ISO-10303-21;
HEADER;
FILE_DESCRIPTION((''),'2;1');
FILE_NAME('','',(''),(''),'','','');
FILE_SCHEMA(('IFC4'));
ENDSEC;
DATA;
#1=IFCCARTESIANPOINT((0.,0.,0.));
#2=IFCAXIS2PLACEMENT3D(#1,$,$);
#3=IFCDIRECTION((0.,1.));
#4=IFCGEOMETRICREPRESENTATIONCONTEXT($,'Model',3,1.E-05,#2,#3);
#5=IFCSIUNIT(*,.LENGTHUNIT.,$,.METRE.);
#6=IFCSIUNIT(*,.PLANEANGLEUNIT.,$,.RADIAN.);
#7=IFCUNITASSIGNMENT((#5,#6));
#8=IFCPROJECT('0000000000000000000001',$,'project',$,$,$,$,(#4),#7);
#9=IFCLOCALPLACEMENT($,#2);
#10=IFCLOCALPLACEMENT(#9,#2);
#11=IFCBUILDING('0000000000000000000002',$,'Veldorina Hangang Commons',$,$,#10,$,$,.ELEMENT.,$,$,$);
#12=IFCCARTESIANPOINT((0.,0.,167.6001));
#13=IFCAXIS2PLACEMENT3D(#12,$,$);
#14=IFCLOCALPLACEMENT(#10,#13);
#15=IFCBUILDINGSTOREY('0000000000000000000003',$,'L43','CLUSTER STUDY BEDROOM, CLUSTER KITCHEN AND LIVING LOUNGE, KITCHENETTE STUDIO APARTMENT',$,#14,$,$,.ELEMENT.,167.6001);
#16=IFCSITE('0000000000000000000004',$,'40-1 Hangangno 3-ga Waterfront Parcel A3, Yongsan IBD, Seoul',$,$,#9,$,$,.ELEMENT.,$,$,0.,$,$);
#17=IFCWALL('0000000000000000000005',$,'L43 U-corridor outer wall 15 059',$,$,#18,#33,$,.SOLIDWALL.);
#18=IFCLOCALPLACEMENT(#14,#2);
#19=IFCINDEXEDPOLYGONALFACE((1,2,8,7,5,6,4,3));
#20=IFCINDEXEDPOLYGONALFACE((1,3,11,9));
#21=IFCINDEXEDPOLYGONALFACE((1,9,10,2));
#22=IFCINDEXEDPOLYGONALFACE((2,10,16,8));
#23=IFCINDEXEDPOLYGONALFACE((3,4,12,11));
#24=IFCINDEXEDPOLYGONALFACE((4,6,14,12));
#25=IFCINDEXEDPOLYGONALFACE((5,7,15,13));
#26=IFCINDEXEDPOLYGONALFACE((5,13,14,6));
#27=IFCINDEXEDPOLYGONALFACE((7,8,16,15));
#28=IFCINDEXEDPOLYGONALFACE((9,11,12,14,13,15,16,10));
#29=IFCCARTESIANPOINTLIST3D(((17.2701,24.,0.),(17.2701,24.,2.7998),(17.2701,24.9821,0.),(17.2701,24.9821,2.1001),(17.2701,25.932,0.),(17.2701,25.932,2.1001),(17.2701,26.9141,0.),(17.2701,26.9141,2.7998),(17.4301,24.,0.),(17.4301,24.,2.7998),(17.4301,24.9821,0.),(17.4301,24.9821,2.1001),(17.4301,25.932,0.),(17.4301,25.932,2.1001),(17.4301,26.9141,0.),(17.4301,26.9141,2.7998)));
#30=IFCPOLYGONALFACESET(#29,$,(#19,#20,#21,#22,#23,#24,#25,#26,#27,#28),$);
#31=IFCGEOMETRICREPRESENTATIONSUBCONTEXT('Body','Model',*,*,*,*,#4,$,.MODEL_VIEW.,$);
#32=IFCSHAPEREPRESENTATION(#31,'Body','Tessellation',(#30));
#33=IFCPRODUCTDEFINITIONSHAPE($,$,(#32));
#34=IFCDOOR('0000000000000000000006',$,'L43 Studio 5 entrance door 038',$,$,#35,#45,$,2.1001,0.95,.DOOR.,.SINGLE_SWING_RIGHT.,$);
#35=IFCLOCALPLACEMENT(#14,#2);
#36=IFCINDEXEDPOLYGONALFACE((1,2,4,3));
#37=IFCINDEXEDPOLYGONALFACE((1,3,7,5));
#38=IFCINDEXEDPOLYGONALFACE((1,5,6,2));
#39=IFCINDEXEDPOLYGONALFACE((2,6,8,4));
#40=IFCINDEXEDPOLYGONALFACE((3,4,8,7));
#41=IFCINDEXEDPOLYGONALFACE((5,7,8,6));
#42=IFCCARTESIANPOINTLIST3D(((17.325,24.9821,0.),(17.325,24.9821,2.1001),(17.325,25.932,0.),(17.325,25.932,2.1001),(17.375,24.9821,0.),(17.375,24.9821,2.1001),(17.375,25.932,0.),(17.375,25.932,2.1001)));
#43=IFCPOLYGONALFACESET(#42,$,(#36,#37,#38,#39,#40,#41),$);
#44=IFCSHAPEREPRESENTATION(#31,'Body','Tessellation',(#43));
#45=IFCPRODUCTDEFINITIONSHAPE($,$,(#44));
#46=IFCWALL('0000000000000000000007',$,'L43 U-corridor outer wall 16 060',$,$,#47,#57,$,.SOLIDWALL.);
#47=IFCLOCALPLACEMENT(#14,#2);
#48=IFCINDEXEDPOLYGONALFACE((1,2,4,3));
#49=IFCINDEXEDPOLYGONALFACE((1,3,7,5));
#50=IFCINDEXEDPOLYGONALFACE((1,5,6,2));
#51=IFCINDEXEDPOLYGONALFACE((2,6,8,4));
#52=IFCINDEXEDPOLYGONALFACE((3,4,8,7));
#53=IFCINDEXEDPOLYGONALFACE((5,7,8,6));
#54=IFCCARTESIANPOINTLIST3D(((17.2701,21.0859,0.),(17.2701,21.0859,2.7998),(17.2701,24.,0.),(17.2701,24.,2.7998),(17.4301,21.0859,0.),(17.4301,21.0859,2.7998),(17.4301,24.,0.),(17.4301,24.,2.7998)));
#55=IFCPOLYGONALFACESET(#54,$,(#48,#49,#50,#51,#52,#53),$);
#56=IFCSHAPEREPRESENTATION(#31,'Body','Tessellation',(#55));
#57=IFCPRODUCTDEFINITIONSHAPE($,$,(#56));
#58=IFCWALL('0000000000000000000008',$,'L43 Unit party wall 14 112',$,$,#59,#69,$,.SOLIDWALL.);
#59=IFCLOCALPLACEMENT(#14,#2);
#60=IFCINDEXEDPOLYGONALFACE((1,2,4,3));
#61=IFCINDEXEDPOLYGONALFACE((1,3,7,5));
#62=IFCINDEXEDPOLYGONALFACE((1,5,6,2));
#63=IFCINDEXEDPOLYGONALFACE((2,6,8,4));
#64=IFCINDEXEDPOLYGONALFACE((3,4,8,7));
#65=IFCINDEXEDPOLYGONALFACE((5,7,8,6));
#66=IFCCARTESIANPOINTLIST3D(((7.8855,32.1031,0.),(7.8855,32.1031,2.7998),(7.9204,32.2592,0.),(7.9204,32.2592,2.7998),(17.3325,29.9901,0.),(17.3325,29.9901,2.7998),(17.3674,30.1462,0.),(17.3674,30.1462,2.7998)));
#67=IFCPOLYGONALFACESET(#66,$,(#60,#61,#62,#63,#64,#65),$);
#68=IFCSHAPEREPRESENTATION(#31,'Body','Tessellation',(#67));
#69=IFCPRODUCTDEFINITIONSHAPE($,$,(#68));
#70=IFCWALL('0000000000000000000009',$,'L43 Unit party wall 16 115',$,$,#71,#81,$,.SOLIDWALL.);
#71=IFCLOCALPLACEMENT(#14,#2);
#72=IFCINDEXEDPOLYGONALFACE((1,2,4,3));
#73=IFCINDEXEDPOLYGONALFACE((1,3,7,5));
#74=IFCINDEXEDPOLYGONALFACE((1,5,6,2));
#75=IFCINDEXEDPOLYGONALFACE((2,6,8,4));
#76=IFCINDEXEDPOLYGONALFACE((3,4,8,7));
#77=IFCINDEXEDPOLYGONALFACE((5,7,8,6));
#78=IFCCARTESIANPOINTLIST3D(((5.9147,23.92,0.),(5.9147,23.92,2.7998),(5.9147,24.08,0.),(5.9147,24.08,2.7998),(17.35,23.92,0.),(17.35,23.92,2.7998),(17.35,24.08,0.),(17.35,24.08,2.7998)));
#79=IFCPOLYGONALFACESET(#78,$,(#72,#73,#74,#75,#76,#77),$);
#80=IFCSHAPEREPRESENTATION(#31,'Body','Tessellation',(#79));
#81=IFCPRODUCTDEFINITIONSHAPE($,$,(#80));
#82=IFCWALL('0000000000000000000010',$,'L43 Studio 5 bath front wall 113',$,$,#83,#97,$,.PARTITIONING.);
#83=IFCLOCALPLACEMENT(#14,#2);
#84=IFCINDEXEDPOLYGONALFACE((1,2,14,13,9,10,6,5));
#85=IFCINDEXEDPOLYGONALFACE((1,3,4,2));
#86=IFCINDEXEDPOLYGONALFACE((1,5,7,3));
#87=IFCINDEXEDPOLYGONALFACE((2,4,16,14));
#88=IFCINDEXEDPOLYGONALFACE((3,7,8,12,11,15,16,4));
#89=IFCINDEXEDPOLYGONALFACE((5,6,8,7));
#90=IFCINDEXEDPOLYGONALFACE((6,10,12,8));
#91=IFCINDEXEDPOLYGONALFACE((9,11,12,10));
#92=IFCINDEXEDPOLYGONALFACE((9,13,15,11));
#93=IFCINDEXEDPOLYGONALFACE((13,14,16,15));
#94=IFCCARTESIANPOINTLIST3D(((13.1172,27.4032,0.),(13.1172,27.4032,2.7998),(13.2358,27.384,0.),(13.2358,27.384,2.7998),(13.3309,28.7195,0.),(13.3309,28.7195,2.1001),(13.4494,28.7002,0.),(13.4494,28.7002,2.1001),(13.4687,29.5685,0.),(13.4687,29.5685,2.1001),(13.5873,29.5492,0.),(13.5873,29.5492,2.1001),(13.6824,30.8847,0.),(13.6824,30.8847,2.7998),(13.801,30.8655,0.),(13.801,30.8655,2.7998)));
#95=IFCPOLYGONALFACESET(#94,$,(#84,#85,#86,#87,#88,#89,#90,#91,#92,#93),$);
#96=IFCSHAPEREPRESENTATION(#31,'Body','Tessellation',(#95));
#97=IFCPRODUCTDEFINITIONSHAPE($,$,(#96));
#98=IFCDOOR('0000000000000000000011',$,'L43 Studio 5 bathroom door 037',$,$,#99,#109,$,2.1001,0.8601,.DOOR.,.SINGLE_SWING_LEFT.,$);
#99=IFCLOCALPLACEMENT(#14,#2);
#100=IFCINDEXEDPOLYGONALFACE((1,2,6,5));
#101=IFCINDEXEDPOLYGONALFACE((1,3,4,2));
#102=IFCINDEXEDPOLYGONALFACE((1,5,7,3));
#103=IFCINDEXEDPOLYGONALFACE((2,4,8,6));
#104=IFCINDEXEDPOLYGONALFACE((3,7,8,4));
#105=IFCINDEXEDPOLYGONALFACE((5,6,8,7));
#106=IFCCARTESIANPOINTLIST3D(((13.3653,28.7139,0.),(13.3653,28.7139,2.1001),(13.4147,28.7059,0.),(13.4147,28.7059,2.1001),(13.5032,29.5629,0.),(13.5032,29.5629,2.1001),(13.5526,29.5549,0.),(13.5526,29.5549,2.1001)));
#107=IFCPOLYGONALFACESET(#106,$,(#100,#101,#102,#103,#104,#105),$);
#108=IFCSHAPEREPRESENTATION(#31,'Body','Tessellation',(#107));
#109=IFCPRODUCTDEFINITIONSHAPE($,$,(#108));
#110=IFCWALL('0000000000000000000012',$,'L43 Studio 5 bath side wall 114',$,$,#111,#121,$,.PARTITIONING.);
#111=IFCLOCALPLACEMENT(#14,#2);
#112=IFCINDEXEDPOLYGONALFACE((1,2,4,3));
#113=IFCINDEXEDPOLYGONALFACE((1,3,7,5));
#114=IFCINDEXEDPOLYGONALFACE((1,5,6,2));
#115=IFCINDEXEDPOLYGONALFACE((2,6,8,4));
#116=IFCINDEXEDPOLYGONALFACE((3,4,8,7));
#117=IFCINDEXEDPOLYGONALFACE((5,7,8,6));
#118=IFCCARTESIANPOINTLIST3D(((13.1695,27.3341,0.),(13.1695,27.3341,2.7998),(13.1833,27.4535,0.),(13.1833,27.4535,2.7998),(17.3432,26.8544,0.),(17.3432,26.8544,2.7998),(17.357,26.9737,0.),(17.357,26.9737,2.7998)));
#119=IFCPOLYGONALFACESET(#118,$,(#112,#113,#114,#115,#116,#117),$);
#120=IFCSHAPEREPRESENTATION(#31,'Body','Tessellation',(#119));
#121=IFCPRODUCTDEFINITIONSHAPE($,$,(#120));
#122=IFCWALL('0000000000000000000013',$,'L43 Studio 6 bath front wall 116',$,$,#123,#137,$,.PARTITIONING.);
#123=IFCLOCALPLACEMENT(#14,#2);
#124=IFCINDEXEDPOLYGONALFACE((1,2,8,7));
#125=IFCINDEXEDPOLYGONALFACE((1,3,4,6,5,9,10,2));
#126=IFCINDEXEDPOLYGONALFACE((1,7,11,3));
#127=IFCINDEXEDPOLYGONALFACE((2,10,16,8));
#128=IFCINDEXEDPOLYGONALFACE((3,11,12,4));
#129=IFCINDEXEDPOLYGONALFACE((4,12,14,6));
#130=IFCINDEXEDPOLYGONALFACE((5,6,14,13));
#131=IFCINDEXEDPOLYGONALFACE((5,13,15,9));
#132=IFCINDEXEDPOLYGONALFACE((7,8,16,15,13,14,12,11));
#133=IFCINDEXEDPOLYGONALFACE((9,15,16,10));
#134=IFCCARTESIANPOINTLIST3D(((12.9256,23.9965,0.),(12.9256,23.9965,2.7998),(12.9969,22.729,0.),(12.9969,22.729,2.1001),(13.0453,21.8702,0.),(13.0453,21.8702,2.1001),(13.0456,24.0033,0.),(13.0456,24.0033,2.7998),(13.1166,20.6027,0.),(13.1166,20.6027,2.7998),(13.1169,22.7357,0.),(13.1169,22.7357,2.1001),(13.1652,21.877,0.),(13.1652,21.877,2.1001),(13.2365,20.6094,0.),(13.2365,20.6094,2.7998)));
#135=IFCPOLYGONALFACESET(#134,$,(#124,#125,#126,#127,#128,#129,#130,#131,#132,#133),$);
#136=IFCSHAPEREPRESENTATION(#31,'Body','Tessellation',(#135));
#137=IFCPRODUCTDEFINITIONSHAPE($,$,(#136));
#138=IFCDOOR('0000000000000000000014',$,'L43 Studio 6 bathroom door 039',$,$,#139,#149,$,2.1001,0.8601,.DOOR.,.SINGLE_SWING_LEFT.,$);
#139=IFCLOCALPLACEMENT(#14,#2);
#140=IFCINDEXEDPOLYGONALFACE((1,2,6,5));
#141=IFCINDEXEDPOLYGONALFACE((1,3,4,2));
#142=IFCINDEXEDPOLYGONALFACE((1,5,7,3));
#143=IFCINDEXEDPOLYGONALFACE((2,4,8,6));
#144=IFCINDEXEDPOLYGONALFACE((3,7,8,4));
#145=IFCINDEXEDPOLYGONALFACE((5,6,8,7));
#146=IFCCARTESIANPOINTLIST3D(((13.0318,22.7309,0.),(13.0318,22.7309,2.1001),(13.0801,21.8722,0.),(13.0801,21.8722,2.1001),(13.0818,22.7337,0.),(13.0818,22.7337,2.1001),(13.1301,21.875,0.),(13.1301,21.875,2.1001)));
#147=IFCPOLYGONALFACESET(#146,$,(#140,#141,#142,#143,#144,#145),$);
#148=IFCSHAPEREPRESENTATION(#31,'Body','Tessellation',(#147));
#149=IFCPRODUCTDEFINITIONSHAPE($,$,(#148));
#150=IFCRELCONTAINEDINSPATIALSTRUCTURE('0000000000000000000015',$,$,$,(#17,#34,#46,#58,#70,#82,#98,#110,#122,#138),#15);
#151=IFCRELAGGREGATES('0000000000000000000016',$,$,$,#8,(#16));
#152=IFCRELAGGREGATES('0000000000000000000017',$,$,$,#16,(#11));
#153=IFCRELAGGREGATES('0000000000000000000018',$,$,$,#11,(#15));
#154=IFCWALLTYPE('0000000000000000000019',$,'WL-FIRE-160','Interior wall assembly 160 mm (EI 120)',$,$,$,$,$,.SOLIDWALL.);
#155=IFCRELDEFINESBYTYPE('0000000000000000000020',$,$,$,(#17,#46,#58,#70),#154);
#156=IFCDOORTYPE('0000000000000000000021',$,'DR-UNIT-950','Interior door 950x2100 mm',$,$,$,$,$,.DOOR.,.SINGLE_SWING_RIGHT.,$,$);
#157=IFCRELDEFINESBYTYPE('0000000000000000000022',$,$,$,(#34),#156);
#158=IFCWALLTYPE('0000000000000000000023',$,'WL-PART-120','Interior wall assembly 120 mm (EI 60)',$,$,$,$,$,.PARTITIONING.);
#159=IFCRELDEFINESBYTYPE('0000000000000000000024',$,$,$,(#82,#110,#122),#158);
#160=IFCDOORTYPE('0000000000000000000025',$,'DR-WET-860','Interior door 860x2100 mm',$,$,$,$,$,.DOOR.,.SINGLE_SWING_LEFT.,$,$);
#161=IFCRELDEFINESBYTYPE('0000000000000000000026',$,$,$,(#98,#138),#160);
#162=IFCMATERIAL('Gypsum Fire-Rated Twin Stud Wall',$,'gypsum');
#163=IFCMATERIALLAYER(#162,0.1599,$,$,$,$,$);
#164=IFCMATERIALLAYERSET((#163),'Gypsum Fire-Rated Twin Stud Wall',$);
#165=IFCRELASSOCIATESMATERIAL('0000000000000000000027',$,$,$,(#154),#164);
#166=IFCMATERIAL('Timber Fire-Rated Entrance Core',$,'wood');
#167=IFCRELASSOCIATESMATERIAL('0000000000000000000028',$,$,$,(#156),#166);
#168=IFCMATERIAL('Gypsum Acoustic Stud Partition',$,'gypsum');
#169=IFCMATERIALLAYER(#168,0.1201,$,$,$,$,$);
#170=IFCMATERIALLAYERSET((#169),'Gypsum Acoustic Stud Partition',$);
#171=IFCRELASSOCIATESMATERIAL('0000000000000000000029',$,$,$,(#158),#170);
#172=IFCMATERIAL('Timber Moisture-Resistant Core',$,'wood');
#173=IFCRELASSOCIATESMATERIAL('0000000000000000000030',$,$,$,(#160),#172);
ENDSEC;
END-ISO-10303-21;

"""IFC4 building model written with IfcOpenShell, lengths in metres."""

from ifc_helpers import new_model, si_unit, direction, frame, frame_2d, origin, place, context, subcontext, project, spatial, rectangle, extrude, material, layer, layer_set, type_object, element, fill, save


model = new_model("IFC4")

# Units and contexts
model_context = context("Model", 3, precision=1e-05, world=origin(), true_north=direction((0.0, 1.0)))
body_context = subcontext(model_context, "Body", "Model", "MODEL_VIEW")
ifc_project = project(units=[si_unit("LENGTHUNIT", "METRE"), si_unit("PLANEANGLEUNIT", "RADIAN")], contexts=[model_context])

# Site, building, storey
site_placement = place(None, origin())
site = spatial("IfcSite", under=ifc_project, at=site_placement, Name="40-1 Hangangno 3-ga Waterfront Parcel A3, Yongsan IBD, Seoul", CompositionType="ELEMENT", RefElevation=0.0)
building_placement = place(site_placement, origin())
building = spatial("IfcBuilding", under=site, at=building_placement, Name="Veldorina Hangang Commons", CompositionType="ELEMENT")
storey_placement = place(building_placement, frame((0.0, 0.0, 167.6001)))
storey = spatial("IfcBuildingStorey", under=building, at=storey_placement, Name="L43", Description="CLUSTER STUDY BEDROOM, CLUSTER KITCHEN AND LIVING LOUNGE, KITCHENETTE STUDIO APARTMENT", CompositionType="ELEMENT", Elevation=167.6001)

# Shared definitions
ifc_material_1 = material(Name="Gypsum Fire-Rated Twin Stud Wall", Category="gypsum")
ifc_layer_1 = layer(ifc_material_1, 0.1599)
ifc_layer_set_1 = layer_set([ifc_layer_1], Name="Gypsum Fire-Rated Twin Stud Wall")
wall_type_1 = type_object("IfcWallType", Name="WL-FIRE-160", Description="Interior wall assembly 160 mm (EI 120)", PredefinedType="SOLIDWALL", material=ifc_layer_set_1)

# Wall, opening, door
wall_1_placement = place(storey_placement, frame((17.3501, 26.9141, 0.0), z_axis=(0.0, 0.0, 1.0), x_axis=(0.0, -1.0, 0.0)))
wall_1 = element("IfcWall", 1, at=wall_1_placement, inside=storey, type_object=wall_type_1, Name="L43 U-corridor outer wall 15 059", PredefinedType="SOLIDWALL", context=body_context, shape_type="SweptSolid", body=[
    extrude(rectangle(XDim=2.9141, YDim=0.1599, at=frame_2d((1.457, 0.0))), origin(), (0.0, 0.0, 1.0), 2.7998),
])
opening_1_placement = place(wall_1_placement, frame((0.9819, 0.0, 0.0)))
opening_1 = element("IfcOpeningElement", 2, at=opening_1_placement, cuts=wall_1, PredefinedType="OPENING", context=body_context, shape_type="SweptSolid", body=[
    extrude(rectangle(XDim=0.95, YDim=2.1001, at=frame_2d((0.4751, 1.05))), frame((0.0, 0.0898, 0.0), z_axis=(0.0, -1.0, 0.0), x_axis=(1.0, 0.0, 0.0)), (0.0, 0.0, 1.0), 0.1799),
])
ifc_material_2 = material(Name="Timber Fire-Rated Entrance Core", Category="wood")
door_type_1 = type_object("IfcDoorType", Name="DR-UNIT-950", Description="Interior door 950x2100 mm", OperationType="SINGLE_SWING_RIGHT", PredefinedType="DOOR", material=ifc_material_2)
door_1_placement = place(opening_1_placement, origin())
door_1 = element("IfcDoor", 3, at=door_1_placement, inside=storey, type_object=door_type_1, Name="L43 Studio 5 entrance door 038", OperationType="SINGLE_SWING_RIGHT", OverallHeight=2.1001, OverallWidth=0.95, PredefinedType="DOOR", context=body_context, shape_type="SweptSolid", body=[
    extrude(rectangle(XDim=0.95, YDim=2.1001, at=frame_2d((0.4751, 1.05))), frame((0.0, 0.0249, 0.0), z_axis=(0.0, -1.0, 0.0), x_axis=(1.0, 0.0, 0.0)), (0.0, 0.0, 1.0), 0.05),
])
fill(opening_1, door_1)

# Walls
wall_2_placement = place(storey_placement, frame((17.3501, 24.0, 0.0), z_axis=(0.0, 0.0, 1.0), x_axis=(0.0, -1.0, 0.0)))
element("IfcWall", 4, at=wall_2_placement, inside=storey, type_object=wall_type_1, Name="L43 U-corridor outer wall 16 060", PredefinedType="SOLIDWALL", context=body_context, shape_type="SweptSolid", body=[
    extrude(rectangle(XDim=2.9141, YDim=0.1599, at=frame_2d((1.457, 0.0))), origin(), (0.0, 0.0, 1.0), 2.7998),
])
wall_3_placement = place(storey_placement, frame((17.3501, 30.0681, 0.0), z_axis=(0.0, 0.0, 1.0), x_axis=(-0.975886, 0.218279, 0.0)))
element("IfcWall", 5, at=wall_3_placement, inside=storey, type_object=wall_type_1, Name="L43 Unit party wall 14 112", PredefinedType="SOLIDWALL", context=body_context, shape_type="SweptSolid", body=[
    extrude(rectangle(XDim=9.6804, YDim=0.1599, at=frame_2d((4.8403, 0.0))), origin(), (0.0, 0.0, 1.0), 2.7998),
])
wall_4_placement = place(storey_placement, frame((17.3501, 24.0, 0.0), z_axis=(0.0, 0.0, 1.0), x_axis=(-1.0, 0.0, 0.0)))
element("IfcWall", 6, at=wall_4_placement, inside=storey, type_object=wall_type_1, Name="L43 Unit party wall 16 115", PredefinedType="SOLIDWALL", context=body_context, shape_type="SweptSolid", body=[
    extrude(rectangle(XDim=11.4353, YDim=0.1599, at=frame_2d((5.7178, 0.0))), origin(), (0.0, 0.0, 1.0), 2.7998),
])

# Wall, opening, door
ifc_material_3 = material(Name="Gypsum Acoustic Stud Partition", Category="gypsum")
ifc_layer_2 = layer(ifc_material_3, 0.1201)
ifc_layer_set_2 = layer_set([ifc_layer_2], Name="Gypsum Acoustic Stud Partition")
wall_type_2 = type_object("IfcWallType", Name="WL-PART-120", Description="Interior wall assembly 120 mm (EI 60)", PredefinedType="PARTITIONING", material=ifc_layer_set_2)
wall_5_placement = place(storey_placement, frame((13.7417, 30.8752, 0.0), z_axis=(0.0, 0.0, 1.0), x_axis=(-0.160244, -0.987077, 0.0)))
wall_5 = element("IfcWall", 7, at=wall_5_placement, inside=storey, type_object=wall_type_2, Name="L43 Studio 5 bath front wall 113", PredefinedType="PARTITIONING", context=body_context, shape_type="SweptSolid", body=[
    extrude(rectangle(XDim=3.5271, YDim=0.1201, at=frame_2d((1.7637, 0.0))), origin(), (0.0, 0.0, 1.0), 2.7998),
])
opening_2_placement = place(wall_5_placement, frame((1.3335, 0.0, 0.0)))
opening_2 = element("IfcOpeningElement", 8, at=opening_2_placement, cuts=wall_5, PredefinedType="OPENING", context=body_context, shape_type="SweptSolid", body=[
    extrude(rectangle(XDim=0.8601, YDim=2.1001, at=frame_2d((0.4302, 1.05))), frame((0.0, 0.0701, 0.0), z_axis=(0.0, -1.0, 0.0), x_axis=(1.0, 0.0, 0.0)), (0.0, 0.0, 1.0), 0.1401),
])
ifc_material_4 = material(Name="Timber Moisture-Resistant Core", Category="wood")
door_type_2 = type_object("IfcDoorType", Name="DR-WET-860", Description="Interior door 860x2100 mm", OperationType="SINGLE_SWING_LEFT", PredefinedType="DOOR", material=ifc_material_4)
door_2_placement = place(opening_2_placement, origin())
door_2 = element("IfcDoor", 9, at=door_2_placement, inside=storey, type_object=door_type_2, Name="L43 Studio 5 bathroom door 037", OperationType="SINGLE_SWING_LEFT", OverallHeight=2.1001, OverallWidth=0.8601, PredefinedType="DOOR", context=body_context, shape_type="SweptSolid", body=[
    extrude(rectangle(XDim=0.8601, YDim=2.1001, at=frame_2d((0.4302, 1.05))), frame((0.0, 0.0249, 0.0), z_axis=(0.0, -1.0, 0.0), x_axis=(1.0, 0.0, 0.0)), (0.0, 0.0, 1.0), 0.05),
])
fill(opening_2, door_2)

# Wall
wall_6_placement = place(storey_placement, frame((17.3501, 26.9141, 0.0), z_axis=(0.0, 0.0, 1.0), x_axis=(-0.993458, 0.114194, 0.0)))
element("IfcWall", 10, at=wall_6_placement, inside=storey, type_object=wall_type_2, Name="L43 Studio 5 bath side wall 114", PredefinedType="PARTITIONING", context=body_context, shape_type="SweptSolid", body=[
    extrude(rectangle(XDim=4.2012, YDim=0.1201, at=frame_2d((2.1006, 0.0))), origin(), (0.0, 0.0, 1.0), 2.7998),
])

# Wall, opening, door
wall_7_placement = place(storey_placement, frame((12.9856, 24.0, 0.0), z_axis=(0.0, 0.0, 1.0), x_axis=(0.056166, -0.998421, 0.0)))
wall_7 = element("IfcWall", 11, at=wall_7_placement, inside=storey, type_object=wall_type_2, Name="L43 Studio 6 bath front wall 116", PredefinedType="PARTITIONING", context=body_context, shape_type="SweptSolid", body=[
    extrude(rectangle(XDim=3.3992, YDim=0.1201, at=frame_2d((1.6997, 0.0))), origin(), (0.0, 0.0, 1.0), 2.7998),
])
opening_3_placement = place(wall_7_placement, frame((1.2695, 0.0, 0.0)))
opening_3 = element("IfcOpeningElement", 12, at=opening_3_placement, cuts=wall_7, PredefinedType="OPENING", context=body_context, shape_type="SweptSolid", body=[
    extrude(rectangle(XDim=0.8601, YDim=2.1001, at=frame_2d((0.4302, 1.05))), frame((0.0, 0.0701, 0.0), z_axis=(0.0, -1.0, 0.0), x_axis=(1.0, 0.0, 0.0)), (0.0, 0.0, 1.0), 0.1401),
])
door_3_placement = place(opening_3_placement, origin())
door_3 = element("IfcDoor", 13, at=door_3_placement, inside=storey, type_object=door_type_2, Name="L43 Studio 6 bathroom door 039", OperationType="SINGLE_SWING_LEFT", OverallHeight=2.1001, OverallWidth=0.8601, PredefinedType="DOOR", context=body_context, shape_type="SweptSolid", body=[
    extrude(rectangle(XDim=0.8601, YDim=2.1001, at=frame_2d((0.4302, 1.05))), frame((0.0, 0.0249, 0.0), z_axis=(0.0, -1.0, 0.0), x_axis=(1.0, 0.0, 0.0)), (0.0, 0.0, 1.0), 0.05),
])
fill(opening_3, door_3)

save(model, "model.ifc")
